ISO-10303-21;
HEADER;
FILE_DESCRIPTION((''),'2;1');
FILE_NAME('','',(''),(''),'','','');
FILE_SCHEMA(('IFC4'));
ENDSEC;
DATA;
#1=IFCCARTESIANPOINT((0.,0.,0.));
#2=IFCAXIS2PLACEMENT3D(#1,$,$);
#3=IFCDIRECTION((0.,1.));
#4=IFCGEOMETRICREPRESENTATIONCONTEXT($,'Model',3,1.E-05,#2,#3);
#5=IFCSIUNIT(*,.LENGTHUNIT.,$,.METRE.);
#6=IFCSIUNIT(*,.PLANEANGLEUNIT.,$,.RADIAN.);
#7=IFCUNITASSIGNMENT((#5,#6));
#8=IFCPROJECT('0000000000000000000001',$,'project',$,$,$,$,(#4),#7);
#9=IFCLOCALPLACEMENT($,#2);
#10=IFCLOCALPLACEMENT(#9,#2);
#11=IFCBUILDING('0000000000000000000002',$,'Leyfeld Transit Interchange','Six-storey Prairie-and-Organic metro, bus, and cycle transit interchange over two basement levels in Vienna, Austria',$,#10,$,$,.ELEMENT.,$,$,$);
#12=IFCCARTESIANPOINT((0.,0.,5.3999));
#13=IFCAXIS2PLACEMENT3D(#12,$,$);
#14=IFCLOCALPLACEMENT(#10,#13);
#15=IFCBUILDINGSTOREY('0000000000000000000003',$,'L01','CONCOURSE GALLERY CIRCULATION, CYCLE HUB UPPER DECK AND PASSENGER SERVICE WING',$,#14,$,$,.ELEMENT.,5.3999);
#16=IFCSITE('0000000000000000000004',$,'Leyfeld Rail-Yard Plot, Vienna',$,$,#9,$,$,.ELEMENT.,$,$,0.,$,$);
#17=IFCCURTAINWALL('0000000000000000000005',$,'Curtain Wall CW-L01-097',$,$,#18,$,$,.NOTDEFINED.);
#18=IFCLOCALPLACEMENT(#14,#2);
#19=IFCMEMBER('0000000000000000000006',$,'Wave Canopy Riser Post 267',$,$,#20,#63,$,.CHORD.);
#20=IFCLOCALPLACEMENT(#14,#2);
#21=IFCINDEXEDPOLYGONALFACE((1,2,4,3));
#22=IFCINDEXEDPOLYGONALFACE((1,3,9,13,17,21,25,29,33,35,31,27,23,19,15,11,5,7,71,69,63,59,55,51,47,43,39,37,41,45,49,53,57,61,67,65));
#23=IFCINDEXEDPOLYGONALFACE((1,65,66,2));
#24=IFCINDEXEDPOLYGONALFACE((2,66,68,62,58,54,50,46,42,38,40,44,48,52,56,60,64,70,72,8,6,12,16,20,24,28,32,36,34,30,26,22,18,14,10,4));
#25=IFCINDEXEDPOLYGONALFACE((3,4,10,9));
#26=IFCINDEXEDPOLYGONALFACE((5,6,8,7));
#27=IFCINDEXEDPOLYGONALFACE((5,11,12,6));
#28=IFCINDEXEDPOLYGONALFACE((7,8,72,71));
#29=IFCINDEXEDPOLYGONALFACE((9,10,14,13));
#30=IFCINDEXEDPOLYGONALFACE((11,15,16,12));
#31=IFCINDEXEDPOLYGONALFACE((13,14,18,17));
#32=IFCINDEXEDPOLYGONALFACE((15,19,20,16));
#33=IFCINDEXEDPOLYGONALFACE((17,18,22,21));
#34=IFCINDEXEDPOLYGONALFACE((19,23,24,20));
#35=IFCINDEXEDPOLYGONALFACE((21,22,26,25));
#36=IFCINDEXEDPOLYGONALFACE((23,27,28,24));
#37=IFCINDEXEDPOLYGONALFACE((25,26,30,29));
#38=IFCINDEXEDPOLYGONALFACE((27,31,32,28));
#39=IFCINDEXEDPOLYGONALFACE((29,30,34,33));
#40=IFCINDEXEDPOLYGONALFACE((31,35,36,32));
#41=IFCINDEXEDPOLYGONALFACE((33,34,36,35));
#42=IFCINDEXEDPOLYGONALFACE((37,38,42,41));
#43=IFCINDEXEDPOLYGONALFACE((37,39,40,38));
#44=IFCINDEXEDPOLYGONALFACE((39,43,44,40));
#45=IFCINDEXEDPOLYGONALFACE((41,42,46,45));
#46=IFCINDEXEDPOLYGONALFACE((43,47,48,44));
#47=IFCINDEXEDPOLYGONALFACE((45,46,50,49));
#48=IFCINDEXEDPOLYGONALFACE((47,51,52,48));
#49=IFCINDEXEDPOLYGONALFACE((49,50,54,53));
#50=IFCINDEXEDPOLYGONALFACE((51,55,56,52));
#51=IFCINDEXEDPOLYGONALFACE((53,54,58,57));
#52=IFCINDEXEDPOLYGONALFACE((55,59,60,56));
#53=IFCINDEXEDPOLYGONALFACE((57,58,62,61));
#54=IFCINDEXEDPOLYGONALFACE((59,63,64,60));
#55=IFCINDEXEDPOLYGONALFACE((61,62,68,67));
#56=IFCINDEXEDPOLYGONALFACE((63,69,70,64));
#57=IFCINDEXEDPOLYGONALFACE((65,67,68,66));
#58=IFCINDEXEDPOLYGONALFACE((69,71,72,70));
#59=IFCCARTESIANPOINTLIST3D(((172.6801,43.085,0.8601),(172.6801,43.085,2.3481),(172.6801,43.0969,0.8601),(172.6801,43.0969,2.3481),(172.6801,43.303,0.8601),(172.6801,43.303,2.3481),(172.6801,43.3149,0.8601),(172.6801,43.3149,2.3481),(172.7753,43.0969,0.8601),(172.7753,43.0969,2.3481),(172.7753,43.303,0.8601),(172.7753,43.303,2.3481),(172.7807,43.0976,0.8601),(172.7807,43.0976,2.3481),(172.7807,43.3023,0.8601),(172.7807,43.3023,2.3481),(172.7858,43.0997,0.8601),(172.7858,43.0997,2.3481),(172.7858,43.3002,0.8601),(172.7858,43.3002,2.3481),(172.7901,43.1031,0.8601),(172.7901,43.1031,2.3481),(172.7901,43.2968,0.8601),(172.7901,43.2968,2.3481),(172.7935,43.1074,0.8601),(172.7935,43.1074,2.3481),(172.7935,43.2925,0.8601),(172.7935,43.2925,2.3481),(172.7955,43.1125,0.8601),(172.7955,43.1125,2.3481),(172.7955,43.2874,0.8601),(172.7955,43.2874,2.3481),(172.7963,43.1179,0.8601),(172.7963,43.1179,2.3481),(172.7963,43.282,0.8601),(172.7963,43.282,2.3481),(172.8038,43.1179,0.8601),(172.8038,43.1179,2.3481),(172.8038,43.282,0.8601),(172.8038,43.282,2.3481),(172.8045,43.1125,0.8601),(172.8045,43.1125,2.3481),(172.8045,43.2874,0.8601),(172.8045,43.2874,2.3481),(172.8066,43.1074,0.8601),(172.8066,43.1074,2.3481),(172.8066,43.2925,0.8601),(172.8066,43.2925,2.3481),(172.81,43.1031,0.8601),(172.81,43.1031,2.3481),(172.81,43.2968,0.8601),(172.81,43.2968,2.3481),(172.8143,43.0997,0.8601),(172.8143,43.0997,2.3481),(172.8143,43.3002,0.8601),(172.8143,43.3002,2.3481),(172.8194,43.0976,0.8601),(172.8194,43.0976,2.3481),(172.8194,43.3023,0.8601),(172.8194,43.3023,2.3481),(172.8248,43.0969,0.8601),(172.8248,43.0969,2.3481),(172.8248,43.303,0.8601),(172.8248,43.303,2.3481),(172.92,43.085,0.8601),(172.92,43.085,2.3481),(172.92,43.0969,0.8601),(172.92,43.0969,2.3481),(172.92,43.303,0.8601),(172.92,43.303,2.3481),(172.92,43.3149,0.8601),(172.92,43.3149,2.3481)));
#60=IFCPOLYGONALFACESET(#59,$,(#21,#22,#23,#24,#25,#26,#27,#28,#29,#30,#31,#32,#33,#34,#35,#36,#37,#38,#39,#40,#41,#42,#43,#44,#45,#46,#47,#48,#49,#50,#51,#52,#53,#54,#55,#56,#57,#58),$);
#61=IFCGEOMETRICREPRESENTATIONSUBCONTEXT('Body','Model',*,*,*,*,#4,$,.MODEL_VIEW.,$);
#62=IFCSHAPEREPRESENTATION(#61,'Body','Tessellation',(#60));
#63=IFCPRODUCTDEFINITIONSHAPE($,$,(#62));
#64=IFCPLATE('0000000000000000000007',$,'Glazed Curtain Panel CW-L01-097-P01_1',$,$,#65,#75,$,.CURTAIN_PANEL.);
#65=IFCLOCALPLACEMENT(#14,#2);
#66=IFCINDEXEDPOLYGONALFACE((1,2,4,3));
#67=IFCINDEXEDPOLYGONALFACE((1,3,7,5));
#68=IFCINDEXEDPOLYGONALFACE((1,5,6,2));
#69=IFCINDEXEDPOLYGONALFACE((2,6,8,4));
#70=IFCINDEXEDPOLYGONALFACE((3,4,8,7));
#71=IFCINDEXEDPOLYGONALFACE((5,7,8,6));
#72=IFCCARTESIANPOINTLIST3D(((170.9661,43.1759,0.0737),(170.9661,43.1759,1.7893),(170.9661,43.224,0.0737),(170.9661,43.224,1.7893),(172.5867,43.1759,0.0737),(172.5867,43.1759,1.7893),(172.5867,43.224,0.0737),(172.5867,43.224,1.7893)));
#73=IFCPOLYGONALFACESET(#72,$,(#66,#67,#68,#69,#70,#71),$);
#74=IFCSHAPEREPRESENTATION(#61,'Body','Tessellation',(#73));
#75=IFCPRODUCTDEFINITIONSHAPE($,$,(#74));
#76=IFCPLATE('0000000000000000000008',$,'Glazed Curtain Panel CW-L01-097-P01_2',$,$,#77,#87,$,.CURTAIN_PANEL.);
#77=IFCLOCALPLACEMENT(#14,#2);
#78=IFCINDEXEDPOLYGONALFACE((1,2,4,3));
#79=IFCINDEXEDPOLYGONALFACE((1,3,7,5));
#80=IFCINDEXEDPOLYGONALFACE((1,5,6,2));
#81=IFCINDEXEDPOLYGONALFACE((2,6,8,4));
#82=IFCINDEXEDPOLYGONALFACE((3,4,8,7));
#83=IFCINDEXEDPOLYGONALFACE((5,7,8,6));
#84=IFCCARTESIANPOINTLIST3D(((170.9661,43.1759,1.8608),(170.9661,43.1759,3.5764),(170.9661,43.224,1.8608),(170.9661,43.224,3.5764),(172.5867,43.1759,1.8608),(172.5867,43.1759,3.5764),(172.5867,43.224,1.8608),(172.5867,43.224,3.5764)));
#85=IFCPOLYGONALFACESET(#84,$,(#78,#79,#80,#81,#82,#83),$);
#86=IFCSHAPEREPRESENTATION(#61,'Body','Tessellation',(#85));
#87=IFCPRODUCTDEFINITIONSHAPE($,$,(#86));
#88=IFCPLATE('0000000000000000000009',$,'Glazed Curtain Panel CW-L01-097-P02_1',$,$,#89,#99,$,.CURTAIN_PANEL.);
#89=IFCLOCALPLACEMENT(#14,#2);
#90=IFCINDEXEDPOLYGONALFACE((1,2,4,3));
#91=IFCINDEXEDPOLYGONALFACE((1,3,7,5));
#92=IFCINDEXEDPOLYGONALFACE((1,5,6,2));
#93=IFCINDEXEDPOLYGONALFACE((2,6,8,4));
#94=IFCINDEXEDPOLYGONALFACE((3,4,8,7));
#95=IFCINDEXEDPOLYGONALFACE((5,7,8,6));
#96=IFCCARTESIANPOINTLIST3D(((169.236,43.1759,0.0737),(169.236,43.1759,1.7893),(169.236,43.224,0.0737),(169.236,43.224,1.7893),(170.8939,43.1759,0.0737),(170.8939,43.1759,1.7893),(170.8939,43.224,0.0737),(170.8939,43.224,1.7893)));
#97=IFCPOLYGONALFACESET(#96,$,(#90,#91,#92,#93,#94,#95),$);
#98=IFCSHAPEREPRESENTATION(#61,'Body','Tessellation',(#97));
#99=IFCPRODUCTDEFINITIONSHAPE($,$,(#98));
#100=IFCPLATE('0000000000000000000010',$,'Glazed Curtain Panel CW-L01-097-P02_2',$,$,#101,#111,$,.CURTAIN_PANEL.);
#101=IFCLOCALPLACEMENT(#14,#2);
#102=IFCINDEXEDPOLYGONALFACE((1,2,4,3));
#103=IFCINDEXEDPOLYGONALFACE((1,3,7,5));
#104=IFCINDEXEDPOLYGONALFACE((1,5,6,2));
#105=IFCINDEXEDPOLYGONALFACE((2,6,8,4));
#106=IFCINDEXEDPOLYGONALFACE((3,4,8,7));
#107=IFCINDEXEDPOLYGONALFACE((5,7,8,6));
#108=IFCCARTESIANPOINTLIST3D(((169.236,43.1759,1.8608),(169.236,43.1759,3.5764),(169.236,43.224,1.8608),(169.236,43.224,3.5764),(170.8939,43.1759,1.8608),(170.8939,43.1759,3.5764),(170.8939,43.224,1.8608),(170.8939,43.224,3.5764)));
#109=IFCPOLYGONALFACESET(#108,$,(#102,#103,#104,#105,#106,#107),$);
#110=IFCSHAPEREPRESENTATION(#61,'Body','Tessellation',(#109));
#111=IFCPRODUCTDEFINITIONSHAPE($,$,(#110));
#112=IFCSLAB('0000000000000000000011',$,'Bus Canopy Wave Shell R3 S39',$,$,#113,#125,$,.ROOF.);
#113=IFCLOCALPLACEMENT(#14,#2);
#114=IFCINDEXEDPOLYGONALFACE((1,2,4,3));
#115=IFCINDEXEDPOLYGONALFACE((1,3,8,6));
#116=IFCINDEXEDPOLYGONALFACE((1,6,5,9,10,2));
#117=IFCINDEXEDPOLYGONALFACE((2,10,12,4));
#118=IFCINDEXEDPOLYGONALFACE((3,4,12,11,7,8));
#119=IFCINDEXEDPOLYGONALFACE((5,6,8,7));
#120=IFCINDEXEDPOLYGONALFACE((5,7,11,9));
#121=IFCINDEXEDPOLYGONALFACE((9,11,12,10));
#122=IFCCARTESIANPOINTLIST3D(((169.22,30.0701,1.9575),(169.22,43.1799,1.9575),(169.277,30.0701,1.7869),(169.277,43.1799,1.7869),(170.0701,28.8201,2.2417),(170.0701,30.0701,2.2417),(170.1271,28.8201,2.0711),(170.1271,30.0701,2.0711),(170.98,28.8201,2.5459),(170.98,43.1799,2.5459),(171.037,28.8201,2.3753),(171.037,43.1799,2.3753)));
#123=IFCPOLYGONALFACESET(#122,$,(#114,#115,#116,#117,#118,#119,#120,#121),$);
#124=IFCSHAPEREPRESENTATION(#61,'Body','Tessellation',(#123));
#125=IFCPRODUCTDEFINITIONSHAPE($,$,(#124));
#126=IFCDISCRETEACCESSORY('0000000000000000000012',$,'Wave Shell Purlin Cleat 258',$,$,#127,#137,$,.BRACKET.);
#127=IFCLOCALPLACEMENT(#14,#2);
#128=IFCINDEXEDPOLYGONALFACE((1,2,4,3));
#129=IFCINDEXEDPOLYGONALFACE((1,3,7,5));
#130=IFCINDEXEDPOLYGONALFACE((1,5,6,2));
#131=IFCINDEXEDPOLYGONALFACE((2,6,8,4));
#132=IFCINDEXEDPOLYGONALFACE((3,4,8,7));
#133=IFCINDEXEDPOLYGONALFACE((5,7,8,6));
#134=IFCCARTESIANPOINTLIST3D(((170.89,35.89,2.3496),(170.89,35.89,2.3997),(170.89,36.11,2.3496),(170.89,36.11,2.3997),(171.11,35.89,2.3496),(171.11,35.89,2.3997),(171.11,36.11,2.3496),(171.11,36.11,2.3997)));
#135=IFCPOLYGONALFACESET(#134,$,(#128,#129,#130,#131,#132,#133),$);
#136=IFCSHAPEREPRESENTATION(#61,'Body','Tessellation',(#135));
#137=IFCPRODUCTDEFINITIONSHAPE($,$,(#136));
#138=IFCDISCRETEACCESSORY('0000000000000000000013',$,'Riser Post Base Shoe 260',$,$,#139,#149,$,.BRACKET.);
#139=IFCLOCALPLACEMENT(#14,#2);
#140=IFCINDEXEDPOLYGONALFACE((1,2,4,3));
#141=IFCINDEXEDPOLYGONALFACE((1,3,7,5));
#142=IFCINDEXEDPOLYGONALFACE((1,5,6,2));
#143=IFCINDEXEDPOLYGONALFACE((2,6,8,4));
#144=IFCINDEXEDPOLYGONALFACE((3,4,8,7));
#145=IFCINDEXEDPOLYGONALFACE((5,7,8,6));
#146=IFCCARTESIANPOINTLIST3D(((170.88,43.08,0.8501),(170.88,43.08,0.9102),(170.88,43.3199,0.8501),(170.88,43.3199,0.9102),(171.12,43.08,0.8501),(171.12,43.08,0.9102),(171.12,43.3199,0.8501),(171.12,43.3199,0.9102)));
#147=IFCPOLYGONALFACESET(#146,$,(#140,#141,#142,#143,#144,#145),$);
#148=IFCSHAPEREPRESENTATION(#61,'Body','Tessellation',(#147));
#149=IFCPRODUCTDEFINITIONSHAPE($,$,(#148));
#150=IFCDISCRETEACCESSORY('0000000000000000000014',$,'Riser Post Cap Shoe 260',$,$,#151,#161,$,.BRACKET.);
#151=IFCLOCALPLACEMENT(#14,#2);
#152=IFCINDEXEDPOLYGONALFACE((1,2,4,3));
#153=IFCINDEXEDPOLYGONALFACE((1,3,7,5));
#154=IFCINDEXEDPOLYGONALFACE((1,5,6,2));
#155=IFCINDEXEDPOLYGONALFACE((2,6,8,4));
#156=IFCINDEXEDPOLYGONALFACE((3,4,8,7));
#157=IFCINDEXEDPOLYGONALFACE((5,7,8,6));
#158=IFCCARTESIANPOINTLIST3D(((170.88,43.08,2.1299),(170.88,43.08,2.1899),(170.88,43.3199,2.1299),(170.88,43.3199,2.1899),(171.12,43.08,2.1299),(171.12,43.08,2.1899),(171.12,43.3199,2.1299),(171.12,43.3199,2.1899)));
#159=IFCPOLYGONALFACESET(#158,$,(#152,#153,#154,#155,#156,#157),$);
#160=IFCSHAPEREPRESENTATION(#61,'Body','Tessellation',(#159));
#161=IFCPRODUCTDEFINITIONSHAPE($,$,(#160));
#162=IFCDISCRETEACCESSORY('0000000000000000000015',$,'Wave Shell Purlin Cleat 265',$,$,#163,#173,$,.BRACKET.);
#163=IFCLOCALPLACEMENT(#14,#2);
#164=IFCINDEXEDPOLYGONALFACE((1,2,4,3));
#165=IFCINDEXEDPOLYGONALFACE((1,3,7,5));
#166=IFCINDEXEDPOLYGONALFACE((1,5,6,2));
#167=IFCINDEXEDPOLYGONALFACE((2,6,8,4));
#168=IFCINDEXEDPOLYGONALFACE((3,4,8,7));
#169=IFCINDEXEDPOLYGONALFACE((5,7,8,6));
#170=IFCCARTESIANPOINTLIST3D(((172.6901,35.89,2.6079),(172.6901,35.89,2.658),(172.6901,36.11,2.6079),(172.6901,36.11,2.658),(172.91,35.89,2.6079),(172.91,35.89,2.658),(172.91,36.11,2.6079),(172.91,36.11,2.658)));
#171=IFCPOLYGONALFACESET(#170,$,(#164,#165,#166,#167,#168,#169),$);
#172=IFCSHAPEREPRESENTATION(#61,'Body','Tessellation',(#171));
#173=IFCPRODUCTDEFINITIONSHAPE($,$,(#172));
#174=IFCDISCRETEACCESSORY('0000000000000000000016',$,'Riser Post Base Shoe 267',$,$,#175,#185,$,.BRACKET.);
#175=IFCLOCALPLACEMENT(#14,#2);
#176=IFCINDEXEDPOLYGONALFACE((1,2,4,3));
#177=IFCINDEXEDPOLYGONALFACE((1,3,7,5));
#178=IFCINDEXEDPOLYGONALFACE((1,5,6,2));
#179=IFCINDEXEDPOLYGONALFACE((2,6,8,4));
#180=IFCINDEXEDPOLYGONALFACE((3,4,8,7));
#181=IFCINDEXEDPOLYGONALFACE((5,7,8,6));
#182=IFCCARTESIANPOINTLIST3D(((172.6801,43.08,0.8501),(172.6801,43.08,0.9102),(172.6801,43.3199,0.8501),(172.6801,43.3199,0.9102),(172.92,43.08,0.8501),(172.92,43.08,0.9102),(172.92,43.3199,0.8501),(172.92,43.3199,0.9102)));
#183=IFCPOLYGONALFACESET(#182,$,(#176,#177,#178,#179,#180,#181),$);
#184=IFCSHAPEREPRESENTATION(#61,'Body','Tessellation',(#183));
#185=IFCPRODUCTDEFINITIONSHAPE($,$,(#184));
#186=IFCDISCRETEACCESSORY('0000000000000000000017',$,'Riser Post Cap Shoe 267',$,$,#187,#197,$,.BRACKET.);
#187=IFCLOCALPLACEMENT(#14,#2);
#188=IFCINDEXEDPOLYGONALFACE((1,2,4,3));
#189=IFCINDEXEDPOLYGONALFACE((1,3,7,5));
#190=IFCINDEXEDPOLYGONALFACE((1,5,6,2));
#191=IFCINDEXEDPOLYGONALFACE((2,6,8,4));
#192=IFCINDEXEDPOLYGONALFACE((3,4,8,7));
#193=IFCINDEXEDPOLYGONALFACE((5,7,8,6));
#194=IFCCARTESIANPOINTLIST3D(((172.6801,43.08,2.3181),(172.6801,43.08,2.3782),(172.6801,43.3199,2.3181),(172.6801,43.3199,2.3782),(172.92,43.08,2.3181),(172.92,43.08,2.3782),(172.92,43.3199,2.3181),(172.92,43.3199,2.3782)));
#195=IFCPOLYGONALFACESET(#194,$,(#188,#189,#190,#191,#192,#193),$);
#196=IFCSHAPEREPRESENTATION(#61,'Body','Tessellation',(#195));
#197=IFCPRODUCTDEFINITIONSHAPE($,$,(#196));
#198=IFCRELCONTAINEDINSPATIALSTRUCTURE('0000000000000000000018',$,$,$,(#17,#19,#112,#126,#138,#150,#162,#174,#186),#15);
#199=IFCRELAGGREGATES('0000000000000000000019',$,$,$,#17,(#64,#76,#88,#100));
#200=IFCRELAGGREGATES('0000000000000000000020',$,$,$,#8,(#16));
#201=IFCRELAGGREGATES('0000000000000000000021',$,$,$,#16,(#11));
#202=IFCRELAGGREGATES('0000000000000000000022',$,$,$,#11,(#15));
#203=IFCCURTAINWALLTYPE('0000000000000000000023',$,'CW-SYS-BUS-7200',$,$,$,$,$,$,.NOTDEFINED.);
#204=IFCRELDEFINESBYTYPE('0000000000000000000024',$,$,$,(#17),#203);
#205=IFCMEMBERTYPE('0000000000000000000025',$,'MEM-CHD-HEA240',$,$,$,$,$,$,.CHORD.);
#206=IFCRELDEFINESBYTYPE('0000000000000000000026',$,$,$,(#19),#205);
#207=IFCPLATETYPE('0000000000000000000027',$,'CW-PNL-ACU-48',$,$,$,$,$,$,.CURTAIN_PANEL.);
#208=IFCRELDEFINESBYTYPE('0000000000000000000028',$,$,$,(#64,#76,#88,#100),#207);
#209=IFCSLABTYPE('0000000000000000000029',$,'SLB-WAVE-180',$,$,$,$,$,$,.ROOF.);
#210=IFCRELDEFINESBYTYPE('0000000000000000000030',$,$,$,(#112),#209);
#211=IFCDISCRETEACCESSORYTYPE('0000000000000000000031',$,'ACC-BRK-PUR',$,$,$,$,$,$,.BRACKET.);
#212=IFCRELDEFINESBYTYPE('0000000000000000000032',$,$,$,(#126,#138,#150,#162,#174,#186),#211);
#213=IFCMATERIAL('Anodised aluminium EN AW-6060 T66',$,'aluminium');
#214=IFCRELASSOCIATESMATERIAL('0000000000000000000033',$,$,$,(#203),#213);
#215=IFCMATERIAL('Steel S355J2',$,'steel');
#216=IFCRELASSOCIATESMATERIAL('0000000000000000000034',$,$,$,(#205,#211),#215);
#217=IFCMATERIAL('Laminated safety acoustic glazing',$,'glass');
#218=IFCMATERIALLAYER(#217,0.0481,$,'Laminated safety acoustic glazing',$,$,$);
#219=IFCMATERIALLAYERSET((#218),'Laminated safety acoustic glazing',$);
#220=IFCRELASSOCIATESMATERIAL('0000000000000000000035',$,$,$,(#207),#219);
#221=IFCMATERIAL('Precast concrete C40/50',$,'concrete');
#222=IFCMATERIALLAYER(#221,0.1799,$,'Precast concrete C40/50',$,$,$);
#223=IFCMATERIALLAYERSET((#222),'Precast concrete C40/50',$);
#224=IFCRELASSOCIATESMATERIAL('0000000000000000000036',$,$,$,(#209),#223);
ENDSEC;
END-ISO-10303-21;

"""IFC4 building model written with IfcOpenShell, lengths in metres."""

from ifc_helpers import new_model, si_unit, direction, frame, origin, origin_2d, place, context, subcontext, project, spatial, polyline, rectangle, i_section, outline, extrude, material, layer, layer_set, material_profile, profile_set, type_object, element, aggregate, save


model = new_model("IFC4")

# Units and contexts
model_context = context("Model", 3, precision=1e-05, world=origin(), true_north=direction((0.0, 1.0)))
body_context = subcontext(model_context, "Body", "Model", "MODEL_VIEW")
ifc_project = project(units=[si_unit("LENGTHUNIT", "METRE"), si_unit("PLANEANGLEUNIT", "RADIAN")], contexts=[model_context])

# Site, building, storey
site_placement = place(None, origin())
site = spatial("IfcSite", under=ifc_project, at=site_placement, Name="Leyfeld Rail-Yard Plot, Vienna", CompositionType="ELEMENT", RefElevation=0.0)
building_placement = place(site_placement, origin())
building = spatial("IfcBuilding", under=site, at=building_placement, Name="Leyfeld Transit Interchange", Description="Six-storey Prairie-and-Organic metro, bus, and cycle transit interchange over two basement levels in Vienna, Austria", CompositionType="ELEMENT")
storey_placement = place(building_placement, frame((0.0, 0.0, 5.3999)))
storey = spatial("IfcBuildingStorey", under=building, at=storey_placement, Name="L01", Description="CONCOURSE GALLERY CIRCULATION, CYCLE HUB UPPER DECK AND PASSENGER SERVICE WING", CompositionType="ELEMENT", Elevation=5.3999)

# Shared definitions
ifc_material_1 = material(Name="Steel S355J2", Category="steel")

# Curtain wall
ifc_material_2 = material(Name="Anodised aluminium EN AW-6060 T66", Category="aluminium")
curtain_wall_type = type_object("IfcCurtainWallType", Name="CW-SYS-BUS-7200", PredefinedType="NOTDEFINED", material=ifc_material_2)
curtain_wall_placement = place(storey_placement, origin())
curtain_wall = element("IfcCurtainWall", 1, at=curtain_wall_placement, inside=storey, type_object=curtain_wall_type, Name="Curtain Wall CW-L01-097", PredefinedType="NOTDEFINED")

# Member
ifc_material_profile_1 = material_profile(ifc_material_1, i_section(OverallWidth=0.24, OverallDepth=0.23, WebThickness=0.0076, FlangeThickness=0.012, FilletRadius=0.021, at=origin_2d()), Name="HEA 240")
ifc_profile_set_1 = profile_set([ifc_material_profile_1], Name="Steel S355J2")
member_type_1 = type_object("IfcMemberType", Name="MEM-CHD-HEA240", PredefinedType="CHORD", material=ifc_profile_set_1)
member_1_placement = place(storey_placement, frame((172.8, 43.2, 0.8601), z_axis=(0.0, 0.0, 1.0), x_axis=(1.0, 0.0, 0.0)))
element("IfcMember", 2, at=member_1_placement, inside=storey, type_object=member_type_1, Name="Wave Canopy Riser Post 267", PredefinedType="CHORD", context=body_context, shape_type="SweptSolid", body=[
    extrude(i_section(OverallWidth=0.24, OverallDepth=0.23, WebThickness=0.0076, FlangeThickness=0.012, FilletRadius=0.021, at=origin_2d()), origin(), (0.0, 0.0, 1.0), 1.488),
])

# Plates
ifc_material_3 = material(Name="Laminated safety acoustic glazing", Category="glass")
ifc_layer_1 = layer(ifc_material_3, 0.0481, Name="Laminated safety acoustic glazing")
ifc_layer_set_1 = layer_set([ifc_layer_1], Name="Laminated safety acoustic glazing")
plate_type = type_object("IfcPlateType", Name="CW-PNL-ACU-48", PredefinedType="CURTAIN_PANEL", material=ifc_layer_set_1)
plate_1_placement = place(storey_placement, frame((171.7764, 43.2, 0.0737), z_axis=(0.0, 0.0, 1.0), x_axis=(-1.0, 0.0, 0.0)))
plate_1 = element("IfcPlate", 3, at=plate_1_placement, type_object=plate_type, Name="Glazed Curtain Panel CW-L01-097-P01_1", PredefinedType="CURTAIN_PANEL", context=body_context, shape_type="SweptSolid", body=[
    extrude(rectangle(XDim=1.6206, YDim=0.0481, at=origin_2d()), origin(), (0.0, 0.0, 1.0), 1.7156),
])
plate_2_placement = place(storey_placement, frame((171.7764, 43.2, 1.8608), z_axis=(0.0, 0.0, 1.0), x_axis=(-1.0, 0.0, 0.0)))
plate_2 = element("IfcPlate", 4, at=plate_2_placement, type_object=plate_type, Name="Glazed Curtain Panel CW-L01-097-P01_2", PredefinedType="CURTAIN_PANEL", context=body_context, shape_type="SweptSolid", body=[
    extrude(rectangle(XDim=1.6206, YDim=0.0481, at=origin_2d()), origin(), (0.0, 0.0, 1.0), 1.7156),
])
plate_3_placement = place(storey_placement, frame((170.0649, 43.2, 0.0737), z_axis=(0.0, 0.0, 1.0), x_axis=(-1.0, 0.0, 0.0)))
plate_3 = element("IfcPlate", 5, at=plate_3_placement, type_object=plate_type, Name="Glazed Curtain Panel CW-L01-097-P02_1", PredefinedType="CURTAIN_PANEL", context=body_context, shape_type="SweptSolid", body=[
    extrude(rectangle(XDim=1.658, YDim=0.0481, at=origin_2d()), origin(), (0.0, 0.0, 1.0), 1.7156),
])
plate_4_placement = place(storey_placement, frame((170.0649, 43.2, 1.8608), z_axis=(0.0, 0.0, 1.0), x_axis=(-1.0, 0.0, 0.0)))
plate_4 = element("IfcPlate", 6, at=plate_4_placement, type_object=plate_type, Name="Glazed Curtain Panel CW-L01-097-P02_2", PredefinedType="CURTAIN_PANEL", context=body_context, shape_type="SweptSolid", body=[
    extrude(rectangle(XDim=1.658, YDim=0.0481, at=origin_2d()), origin(), (0.0, 0.0, 1.0), 1.7156),
])
aggregate(curtain_wall, [plate_1, plate_2, plate_3, plate_4])

# Slab
ifc_material_4 = material(Name="Precast concrete C40/50", Category="concrete")
ifc_layer_2 = layer(ifc_material_4, 0.1799, Name="Precast concrete C40/50")
ifc_layer_set_2 = layer_set([ifc_layer_2], Name="Precast concrete C40/50")
slab_type = type_object("IfcSlabType", Name="SLB-WAVE-180", PredefinedType="ROOF", material=ifc_layer_set_2)
slab_placement = place(storey_placement, frame((169.22, 30.0701, 1.9575), z_axis=(-0.317057, 0.0, 0.948406), x_axis=(0.948406, 0.0, 0.317057)))
element("IfcSlab", 7, at=slab_placement, inside=storey, type_object=slab_type, Name="Bus Canopy Wave Shell R3 S39", PredefinedType="ROOF", context=body_context, shape_type="SweptSolid", body=[
    extrude(outline(polyline([(0.0, 0.0), (0.8963, 0.0), (0.8963, -1.25), (1.8558, -1.25), (1.8558, 13.1099), (0.0, 13.1099), (0.0, 0.0)])), origin(), (0.0, 0.0, -1.0), 0.1799),
])

# Discrete accessories
discrete_accessory_type = type_object("IfcDiscreteAccessoryType", Name="ACC-BRK-PUR", PredefinedType="BRACKET", material=ifc_material_1)
discrete_accessory_1_placement = place(storey_placement, frame((171.0, 36.0, 2.3496), z_axis=(0.0, 0.0, 1.0), x_axis=(1.0, 0.0, 0.0)))
element("IfcDiscreteAccessory", 8, at=discrete_accessory_1_placement, inside=storey, type_object=discrete_accessory_type, Name="Wave Shell Purlin Cleat 258", PredefinedType="BRACKET", context=body_context, shape_type="SweptSolid", body=[
    extrude(rectangle(XDim=0.22, YDim=0.22, at=origin_2d()), origin(), (0.0, 0.0, 1.0), 0.05),
])
for number, where, z_axis, x_axis, name in (
    (9, (171.0, 43.2, 0.8501), (0.0, 0.0, 1.0), (1.0, 0.0, 0.0), "Riser Post Base Shoe 260"),
    (10, (171.0, 43.2, 2.1299), (0.0, 0.0, 1.0), (1.0, 0.0, 0.0), "Riser Post Cap Shoe 260"),
):
    element("IfcDiscreteAccessory", number, at=place(storey_placement, frame(where, z_axis=z_axis, x_axis=x_axis)), inside=storey, type_object=discrete_accessory_type, Name=name, PredefinedType="BRACKET", context=body_context, shape_type="SweptSolid", body=[
        extrude(rectangle(XDim=0.24, YDim=0.24, at=origin_2d()), origin(), (0.0, 0.0, 1.0), 0.0601),
    ])
discrete_accessory_2_placement = place(storey_placement, frame((172.8, 36.0, 2.6079), z_axis=(0.0, 0.0, 1.0), x_axis=(1.0, 0.0, 0.0)))
element("IfcDiscreteAccessory", 11, at=discrete_accessory_2_placement, inside=storey, type_object=discrete_accessory_type, Name="Wave Shell Purlin Cleat 265", PredefinedType="BRACKET", context=body_context, shape_type="SweptSolid", body=[
    extrude(rectangle(XDim=0.22, YDim=0.22, at=origin_2d()), origin(), (0.0, 0.0, 1.0), 0.05),
])
for number, where, z_axis, x_axis, name in (
    (12, (172.8, 43.2, 0.8501), (0.0, 0.0, 1.0), (1.0, 0.0, 0.0), "Riser Post Base Shoe 267"),
    (13, (172.8, 43.2, 2.3181), (0.0, 0.0, 1.0), (1.0, 0.0, 0.0), "Riser Post Cap Shoe 267"),
):
    element("IfcDiscreteAccessory", number, at=place(storey_placement, frame(where, z_axis=z_axis, x_axis=x_axis)), inside=storey, type_object=discrete_accessory_type, Name=name, PredefinedType="BRACKET", context=body_context, shape_type="SweptSolid", body=[
        extrude(rectangle(XDim=0.24, YDim=0.24, at=origin_2d()), origin(), (0.0, 0.0, 1.0), 0.0601),
    ])

save(model, "model.ifc")
